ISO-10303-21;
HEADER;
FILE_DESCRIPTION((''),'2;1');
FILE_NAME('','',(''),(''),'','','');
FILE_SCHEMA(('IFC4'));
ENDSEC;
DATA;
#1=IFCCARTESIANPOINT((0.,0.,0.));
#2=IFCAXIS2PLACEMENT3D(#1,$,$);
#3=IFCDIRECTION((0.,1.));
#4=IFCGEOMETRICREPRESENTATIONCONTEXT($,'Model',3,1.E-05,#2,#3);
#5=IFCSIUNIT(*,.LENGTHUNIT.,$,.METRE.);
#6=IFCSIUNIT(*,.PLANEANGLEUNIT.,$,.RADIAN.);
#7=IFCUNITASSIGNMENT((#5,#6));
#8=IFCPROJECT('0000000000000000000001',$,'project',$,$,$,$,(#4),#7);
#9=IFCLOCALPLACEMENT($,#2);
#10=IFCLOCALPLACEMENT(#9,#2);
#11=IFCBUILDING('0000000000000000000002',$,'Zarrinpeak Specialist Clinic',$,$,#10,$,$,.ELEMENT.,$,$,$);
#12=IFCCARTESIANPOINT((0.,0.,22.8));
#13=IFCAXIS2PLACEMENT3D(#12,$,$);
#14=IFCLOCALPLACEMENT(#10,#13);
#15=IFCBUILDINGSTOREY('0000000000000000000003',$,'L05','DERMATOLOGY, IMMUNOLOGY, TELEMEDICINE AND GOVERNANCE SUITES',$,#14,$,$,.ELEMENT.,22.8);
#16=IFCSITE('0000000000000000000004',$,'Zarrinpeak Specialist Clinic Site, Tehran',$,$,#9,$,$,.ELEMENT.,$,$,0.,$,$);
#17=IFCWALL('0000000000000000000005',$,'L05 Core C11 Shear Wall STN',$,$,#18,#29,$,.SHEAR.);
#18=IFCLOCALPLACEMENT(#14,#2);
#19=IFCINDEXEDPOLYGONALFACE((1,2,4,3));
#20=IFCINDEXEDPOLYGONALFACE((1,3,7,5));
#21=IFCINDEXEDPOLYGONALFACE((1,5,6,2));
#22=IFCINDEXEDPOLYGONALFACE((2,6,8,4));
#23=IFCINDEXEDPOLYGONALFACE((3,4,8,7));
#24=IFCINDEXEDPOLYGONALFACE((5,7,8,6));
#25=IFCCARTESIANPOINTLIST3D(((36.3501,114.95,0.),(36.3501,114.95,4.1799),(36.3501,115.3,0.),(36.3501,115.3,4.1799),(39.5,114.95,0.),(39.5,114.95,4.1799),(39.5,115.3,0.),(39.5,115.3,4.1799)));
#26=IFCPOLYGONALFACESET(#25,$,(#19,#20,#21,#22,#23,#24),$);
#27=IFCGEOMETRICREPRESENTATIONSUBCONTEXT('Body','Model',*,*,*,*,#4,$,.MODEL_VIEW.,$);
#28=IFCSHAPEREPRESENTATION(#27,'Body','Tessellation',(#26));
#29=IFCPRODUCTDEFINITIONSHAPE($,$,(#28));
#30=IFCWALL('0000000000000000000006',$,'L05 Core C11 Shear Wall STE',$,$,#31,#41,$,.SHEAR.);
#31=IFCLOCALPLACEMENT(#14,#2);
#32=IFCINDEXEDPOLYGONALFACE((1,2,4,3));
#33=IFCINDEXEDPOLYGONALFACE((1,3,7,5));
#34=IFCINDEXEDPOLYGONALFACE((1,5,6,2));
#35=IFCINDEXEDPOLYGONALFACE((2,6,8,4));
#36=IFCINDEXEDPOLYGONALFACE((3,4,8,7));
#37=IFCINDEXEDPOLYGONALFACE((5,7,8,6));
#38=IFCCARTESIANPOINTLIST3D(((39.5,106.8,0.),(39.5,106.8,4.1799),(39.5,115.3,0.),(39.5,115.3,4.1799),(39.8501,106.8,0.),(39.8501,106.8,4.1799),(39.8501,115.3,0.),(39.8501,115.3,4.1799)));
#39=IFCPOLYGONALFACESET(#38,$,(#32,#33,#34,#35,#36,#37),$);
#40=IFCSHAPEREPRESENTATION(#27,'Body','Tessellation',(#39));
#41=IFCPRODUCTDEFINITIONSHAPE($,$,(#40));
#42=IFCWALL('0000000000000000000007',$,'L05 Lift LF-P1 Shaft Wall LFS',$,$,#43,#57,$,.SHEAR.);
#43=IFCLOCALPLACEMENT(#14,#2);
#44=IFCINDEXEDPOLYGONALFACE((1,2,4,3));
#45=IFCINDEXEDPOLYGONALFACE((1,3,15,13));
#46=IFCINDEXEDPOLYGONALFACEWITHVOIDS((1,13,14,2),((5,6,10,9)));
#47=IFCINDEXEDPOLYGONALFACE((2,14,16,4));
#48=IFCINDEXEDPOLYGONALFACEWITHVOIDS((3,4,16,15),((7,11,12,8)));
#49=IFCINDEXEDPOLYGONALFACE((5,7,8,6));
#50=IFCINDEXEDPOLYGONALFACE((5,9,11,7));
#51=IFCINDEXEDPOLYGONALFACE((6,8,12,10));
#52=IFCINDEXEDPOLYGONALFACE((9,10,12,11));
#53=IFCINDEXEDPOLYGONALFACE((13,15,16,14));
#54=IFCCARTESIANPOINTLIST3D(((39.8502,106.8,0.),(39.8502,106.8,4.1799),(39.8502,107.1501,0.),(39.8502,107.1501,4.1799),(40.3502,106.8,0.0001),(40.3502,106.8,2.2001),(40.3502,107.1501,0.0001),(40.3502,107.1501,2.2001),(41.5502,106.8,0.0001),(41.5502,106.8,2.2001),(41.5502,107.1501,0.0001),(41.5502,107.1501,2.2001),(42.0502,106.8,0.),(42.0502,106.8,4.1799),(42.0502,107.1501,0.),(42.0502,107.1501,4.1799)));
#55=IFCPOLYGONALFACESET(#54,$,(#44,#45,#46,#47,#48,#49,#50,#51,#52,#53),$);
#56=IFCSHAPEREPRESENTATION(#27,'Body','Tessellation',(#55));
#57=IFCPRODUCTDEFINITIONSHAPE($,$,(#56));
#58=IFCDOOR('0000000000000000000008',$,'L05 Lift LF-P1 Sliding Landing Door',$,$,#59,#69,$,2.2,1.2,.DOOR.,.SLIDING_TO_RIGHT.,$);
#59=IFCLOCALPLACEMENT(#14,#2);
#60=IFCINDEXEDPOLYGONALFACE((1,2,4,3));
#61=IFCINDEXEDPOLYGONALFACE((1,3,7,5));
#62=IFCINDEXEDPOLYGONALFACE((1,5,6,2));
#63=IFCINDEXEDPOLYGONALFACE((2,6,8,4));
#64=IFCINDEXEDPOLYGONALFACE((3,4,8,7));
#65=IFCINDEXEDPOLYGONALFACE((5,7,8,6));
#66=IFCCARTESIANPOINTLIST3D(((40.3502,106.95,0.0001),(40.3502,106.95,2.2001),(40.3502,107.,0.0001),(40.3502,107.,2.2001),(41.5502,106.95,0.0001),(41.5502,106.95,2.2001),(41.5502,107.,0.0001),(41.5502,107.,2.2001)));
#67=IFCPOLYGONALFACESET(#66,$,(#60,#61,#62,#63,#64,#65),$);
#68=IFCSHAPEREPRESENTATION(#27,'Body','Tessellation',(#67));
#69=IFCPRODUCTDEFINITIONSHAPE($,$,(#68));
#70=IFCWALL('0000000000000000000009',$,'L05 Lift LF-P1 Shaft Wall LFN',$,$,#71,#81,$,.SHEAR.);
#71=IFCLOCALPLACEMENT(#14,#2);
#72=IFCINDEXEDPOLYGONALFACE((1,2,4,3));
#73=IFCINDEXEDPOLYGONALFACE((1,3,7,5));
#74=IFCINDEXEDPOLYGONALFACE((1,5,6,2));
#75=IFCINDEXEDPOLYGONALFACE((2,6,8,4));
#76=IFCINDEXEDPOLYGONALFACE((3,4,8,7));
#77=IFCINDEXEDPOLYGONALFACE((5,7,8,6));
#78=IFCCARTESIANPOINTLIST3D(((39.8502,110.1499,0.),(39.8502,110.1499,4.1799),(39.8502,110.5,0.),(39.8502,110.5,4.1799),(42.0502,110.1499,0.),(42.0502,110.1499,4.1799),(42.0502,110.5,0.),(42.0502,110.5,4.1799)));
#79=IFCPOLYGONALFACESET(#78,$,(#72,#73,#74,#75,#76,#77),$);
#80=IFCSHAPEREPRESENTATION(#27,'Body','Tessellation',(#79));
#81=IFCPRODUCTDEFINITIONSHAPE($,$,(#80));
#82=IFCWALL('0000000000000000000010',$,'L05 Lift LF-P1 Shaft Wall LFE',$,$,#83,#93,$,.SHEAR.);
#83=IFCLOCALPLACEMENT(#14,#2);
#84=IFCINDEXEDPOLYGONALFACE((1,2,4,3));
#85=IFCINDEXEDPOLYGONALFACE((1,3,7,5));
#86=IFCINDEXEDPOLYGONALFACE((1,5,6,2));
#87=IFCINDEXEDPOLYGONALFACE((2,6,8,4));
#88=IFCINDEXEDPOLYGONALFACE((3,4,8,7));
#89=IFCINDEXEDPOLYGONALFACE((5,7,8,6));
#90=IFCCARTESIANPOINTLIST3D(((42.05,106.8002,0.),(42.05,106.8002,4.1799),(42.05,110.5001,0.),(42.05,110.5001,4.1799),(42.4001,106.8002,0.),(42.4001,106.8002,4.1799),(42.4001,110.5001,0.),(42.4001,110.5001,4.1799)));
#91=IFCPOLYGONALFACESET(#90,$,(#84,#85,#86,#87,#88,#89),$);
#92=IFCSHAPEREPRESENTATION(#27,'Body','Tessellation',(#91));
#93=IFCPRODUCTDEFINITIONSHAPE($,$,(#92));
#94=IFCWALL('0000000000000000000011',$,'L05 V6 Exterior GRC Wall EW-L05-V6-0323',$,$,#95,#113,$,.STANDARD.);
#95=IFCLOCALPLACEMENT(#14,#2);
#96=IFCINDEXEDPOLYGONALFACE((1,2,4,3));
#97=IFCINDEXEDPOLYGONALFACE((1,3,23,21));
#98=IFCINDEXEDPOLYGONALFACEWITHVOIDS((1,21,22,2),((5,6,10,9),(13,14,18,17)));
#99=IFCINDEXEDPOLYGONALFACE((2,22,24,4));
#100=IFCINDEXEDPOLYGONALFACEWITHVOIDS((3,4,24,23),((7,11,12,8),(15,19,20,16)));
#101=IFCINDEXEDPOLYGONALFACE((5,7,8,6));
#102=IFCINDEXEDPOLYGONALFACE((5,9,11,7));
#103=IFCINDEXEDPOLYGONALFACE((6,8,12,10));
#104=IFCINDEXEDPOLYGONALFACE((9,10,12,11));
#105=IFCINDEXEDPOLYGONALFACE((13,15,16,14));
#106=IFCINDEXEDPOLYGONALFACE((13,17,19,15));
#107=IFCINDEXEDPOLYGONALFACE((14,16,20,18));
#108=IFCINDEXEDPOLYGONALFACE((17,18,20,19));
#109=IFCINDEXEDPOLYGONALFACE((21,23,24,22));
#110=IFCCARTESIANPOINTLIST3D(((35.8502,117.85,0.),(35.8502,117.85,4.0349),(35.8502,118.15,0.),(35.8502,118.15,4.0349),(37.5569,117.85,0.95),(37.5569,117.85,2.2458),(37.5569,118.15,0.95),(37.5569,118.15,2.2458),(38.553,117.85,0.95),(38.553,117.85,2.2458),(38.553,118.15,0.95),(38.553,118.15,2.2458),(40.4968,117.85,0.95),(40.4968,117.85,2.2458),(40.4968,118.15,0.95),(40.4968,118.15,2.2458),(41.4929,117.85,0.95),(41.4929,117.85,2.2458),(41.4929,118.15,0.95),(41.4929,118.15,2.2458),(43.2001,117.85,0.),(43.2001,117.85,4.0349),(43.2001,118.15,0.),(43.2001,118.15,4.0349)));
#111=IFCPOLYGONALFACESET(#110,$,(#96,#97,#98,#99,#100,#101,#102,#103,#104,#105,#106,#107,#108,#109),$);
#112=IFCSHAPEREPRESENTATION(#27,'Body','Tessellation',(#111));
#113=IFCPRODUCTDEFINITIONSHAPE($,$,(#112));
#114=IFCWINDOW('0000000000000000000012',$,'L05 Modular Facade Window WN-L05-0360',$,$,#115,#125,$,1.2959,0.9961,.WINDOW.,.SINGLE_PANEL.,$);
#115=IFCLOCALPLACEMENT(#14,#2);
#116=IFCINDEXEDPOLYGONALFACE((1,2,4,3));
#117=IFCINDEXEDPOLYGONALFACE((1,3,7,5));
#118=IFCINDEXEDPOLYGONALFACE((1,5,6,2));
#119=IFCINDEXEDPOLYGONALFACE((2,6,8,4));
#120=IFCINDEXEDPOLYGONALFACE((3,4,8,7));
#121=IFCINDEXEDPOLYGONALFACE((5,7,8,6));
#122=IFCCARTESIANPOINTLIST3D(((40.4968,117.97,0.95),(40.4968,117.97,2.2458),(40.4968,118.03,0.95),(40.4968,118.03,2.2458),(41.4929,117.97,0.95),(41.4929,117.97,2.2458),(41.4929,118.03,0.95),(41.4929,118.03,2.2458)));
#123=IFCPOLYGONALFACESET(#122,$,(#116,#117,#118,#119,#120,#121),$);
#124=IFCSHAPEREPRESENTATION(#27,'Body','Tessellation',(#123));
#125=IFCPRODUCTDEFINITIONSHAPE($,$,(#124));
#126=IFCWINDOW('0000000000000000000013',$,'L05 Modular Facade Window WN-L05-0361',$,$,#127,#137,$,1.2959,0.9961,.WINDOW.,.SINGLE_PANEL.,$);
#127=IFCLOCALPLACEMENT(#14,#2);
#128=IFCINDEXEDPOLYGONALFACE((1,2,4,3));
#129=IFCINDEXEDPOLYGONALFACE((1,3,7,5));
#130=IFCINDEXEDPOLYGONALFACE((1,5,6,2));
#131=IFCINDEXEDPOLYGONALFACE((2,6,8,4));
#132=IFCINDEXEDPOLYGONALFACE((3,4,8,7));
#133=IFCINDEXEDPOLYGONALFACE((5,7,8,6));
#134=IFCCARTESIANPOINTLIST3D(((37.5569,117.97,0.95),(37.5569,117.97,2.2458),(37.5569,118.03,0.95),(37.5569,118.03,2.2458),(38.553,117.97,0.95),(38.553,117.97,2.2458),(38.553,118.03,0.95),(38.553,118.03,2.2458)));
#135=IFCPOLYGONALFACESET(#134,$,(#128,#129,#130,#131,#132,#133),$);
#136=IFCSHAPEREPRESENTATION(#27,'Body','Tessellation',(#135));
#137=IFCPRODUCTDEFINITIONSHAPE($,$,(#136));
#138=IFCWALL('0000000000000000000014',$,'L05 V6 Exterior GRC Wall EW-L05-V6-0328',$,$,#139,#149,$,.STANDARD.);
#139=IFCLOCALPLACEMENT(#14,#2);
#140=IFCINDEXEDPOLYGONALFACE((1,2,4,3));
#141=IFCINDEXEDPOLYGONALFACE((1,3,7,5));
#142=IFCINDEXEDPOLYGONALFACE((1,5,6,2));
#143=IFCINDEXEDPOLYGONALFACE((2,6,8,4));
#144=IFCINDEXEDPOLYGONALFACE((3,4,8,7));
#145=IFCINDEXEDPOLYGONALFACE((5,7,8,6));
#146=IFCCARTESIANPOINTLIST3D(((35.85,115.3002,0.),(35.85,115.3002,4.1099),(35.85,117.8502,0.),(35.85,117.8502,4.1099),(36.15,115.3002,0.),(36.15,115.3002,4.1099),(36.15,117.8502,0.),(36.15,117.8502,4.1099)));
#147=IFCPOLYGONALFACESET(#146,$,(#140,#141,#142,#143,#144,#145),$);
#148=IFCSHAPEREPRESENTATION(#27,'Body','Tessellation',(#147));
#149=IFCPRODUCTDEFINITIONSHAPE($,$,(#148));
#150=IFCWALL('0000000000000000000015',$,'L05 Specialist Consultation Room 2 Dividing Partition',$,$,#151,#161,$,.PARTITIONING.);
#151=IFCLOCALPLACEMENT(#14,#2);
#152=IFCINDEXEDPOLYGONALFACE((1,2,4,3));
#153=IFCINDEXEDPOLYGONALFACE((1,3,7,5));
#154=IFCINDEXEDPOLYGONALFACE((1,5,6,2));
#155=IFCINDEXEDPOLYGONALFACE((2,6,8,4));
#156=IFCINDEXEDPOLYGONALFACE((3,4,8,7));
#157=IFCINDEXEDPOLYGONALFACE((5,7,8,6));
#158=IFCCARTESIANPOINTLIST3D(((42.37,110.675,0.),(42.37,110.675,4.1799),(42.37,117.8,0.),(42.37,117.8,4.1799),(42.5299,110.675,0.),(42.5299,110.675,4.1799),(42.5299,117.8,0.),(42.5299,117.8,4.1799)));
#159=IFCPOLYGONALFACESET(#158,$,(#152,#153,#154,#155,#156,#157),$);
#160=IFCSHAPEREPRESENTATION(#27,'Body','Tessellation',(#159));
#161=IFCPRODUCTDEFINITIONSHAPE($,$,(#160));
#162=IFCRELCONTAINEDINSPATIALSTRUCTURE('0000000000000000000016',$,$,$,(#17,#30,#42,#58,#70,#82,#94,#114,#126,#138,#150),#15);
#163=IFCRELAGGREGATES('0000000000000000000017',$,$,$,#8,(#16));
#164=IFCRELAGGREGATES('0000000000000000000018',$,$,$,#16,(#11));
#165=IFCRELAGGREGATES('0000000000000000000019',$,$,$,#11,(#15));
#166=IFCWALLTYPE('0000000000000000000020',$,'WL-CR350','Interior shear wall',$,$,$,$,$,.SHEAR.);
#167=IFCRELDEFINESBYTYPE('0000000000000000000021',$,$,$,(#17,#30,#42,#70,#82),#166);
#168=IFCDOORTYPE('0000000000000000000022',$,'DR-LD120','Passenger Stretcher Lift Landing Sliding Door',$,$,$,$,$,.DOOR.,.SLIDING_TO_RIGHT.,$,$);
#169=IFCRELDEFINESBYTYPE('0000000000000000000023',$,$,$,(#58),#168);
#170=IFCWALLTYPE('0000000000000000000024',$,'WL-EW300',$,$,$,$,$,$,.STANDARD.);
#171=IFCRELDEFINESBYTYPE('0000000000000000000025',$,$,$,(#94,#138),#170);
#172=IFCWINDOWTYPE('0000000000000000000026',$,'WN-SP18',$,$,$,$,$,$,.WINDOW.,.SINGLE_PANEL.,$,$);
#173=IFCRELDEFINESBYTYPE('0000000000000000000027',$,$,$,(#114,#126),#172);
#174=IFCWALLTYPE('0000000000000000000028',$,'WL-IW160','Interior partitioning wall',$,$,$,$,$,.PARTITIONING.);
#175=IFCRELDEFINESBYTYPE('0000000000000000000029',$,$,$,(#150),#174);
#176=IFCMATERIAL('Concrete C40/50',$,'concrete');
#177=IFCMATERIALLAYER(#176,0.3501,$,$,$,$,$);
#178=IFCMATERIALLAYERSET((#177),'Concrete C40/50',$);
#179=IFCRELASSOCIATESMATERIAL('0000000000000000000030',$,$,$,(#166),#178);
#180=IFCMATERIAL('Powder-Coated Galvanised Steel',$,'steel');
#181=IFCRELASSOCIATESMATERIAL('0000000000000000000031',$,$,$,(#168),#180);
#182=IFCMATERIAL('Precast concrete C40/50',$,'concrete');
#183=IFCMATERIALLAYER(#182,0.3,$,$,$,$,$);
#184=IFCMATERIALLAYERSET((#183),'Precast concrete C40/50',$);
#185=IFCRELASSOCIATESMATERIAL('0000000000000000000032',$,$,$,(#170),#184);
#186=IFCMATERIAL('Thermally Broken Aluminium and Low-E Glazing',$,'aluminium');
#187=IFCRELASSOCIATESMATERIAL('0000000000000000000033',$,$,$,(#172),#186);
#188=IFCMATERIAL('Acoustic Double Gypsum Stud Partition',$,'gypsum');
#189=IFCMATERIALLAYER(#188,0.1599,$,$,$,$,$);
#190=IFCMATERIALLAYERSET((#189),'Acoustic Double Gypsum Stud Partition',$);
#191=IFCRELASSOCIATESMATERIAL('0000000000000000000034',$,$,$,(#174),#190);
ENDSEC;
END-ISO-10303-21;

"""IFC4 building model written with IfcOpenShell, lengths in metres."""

from ifc_helpers import new_model, si_unit, direction, frame, frame_2d, origin, place, context, subcontext, project, spatial, rectangle, extrude, material, layer, layer_set, type_object, element, fill, save


model = new_model("IFC4")

# Units and contexts
model_context = context("Model", 3, precision=1e-05, world=origin(), true_north=direction((0.0, 1.0)))
body_context = subcontext(model_context, "Body", "Model", "MODEL_VIEW")
ifc_project = project(units=[si_unit("LENGTHUNIT", "METRE"), si_unit("PLANEANGLEUNIT", "RADIAN")], contexts=[model_context])

# Site, building, storey
site_placement = place(None, origin())
site = spatial("IfcSite", under=ifc_project, at=site_placement, Name="Zarrinpeak Specialist Clinic Site, Tehran", CompositionType="ELEMENT", RefElevation=0.0)
building_placement = place(site_placement, origin())
building = spatial("IfcBuilding", under=site, at=building_placement, Name="Zarrinpeak Specialist Clinic", CompositionType="ELEMENT")
storey_placement = place(building_placement, frame((0.0, 0.0, 22.8)))
storey = spatial("IfcBuildingStorey", under=building, at=storey_placement, Name="L05", Description="DERMATOLOGY, IMMUNOLOGY, TELEMEDICINE AND GOVERNANCE SUITES", CompositionType="ELEMENT", Elevation=22.8)

# Shared definitions
ifc_material_1 = material(Name="Concrete C40/50", Category="concrete")
ifc_layer_1 = layer(ifc_material_1, 0.3501)
ifc_layer_set_1 = layer_set([ifc_layer_1], Name="Concrete C40/50")
wall_type_1 = type_object("IfcWallType", Name="WL-CR350", Description="Interior shear wall", PredefinedType="SHEAR", material=ifc_layer_set_1)
ifc_material_2 = material(Name="Powder-Coated Galvanised Steel", Category="steel")

# Walls
wall_1_placement = place(storey_placement, frame((36.3501, 115.125, 0.0), z_axis=(0.0, 0.0, 1.0), x_axis=(1.0, 0.0, 0.0)))
element("IfcWall", 1, at=wall_1_placement, inside=storey, type_object=wall_type_1, Name="L05 Core C11 Shear Wall STN", PredefinedType="SHEAR", context=body_context, shape_type="SweptSolid", body=[
    extrude(rectangle(XDim=3.1499, YDim=0.3501, at=frame_2d((1.575, 0.0))), origin(), (0.0, 0.0, 1.0), 4.1799),
])
wall_2_placement = place(storey_placement, frame((39.675, 106.8, 0.0), z_axis=(0.0, 0.0, 1.0), x_axis=(0.0, 1.0, 0.0)))
element("IfcWall", 2, at=wall_2_placement, inside=storey, type_object=wall_type_1, Name="L05 Core C11 Shear Wall STE", PredefinedType="SHEAR", context=body_context, shape_type="SweptSolid", body=[
    extrude(rectangle(XDim=8.5, YDim=0.3501, at=frame_2d((4.25, 0.0))), origin(), (0.0, 0.0, 1.0), 4.1799),
])

# Wall, opening, door
wall_3_placement = place(storey_placement, frame((39.8501, 106.9751, 0.0), z_axis=(0.0, 0.0, 1.0), x_axis=(1.0, 0.0, 0.0)))
wall_3 = element("IfcWall", 3, at=wall_3_placement, inside=storey, type_object=wall_type_1, Name="L05 Lift LF-P1 Shaft Wall LFS", PredefinedType="SHEAR", context=body_context, shape_type="SweptSolid", body=[
    extrude(rectangle(XDim=2.2, YDim=0.3501, at=frame_2d((1.1001, 0.0))), origin(), (0.0, 0.0, 1.0), 4.1799),
])
opening_1_placement = place(wall_3_placement, frame((0.5, 0.0, 0.0)))
opening_1 = element("IfcOpeningElement", 4, at=opening_1_placement, cuts=wall_3, PredefinedType="OPENING", context=body_context, shape_type="SweptSolid", body=[
    extrude(rectangle(XDim=1.2, YDim=2.2, at=frame_2d((0.6001, 1.1001))), frame((0.0, 0.1851, 0.0), z_axis=(0.0, -1.0, 0.0), x_axis=(1.0, 0.0, 0.0)), (0.0, 0.0, 1.0), 0.3701),
])
door_type_1 = type_object("IfcDoorType", Name="DR-LD120", Description="Passenger Stretcher Lift Landing Sliding Door", OperationType="SLIDING_TO_RIGHT", PredefinedType="DOOR", material=ifc_material_2)
door_1_placement = place(opening_1_placement, origin())
door_1 = element("IfcDoor", 5, at=door_1_placement, inside=storey, type_object=door_type_1, Name="L05 Lift LF-P1 Sliding Landing Door", OperationType="SLIDING_TO_RIGHT", OverallHeight=2.2, OverallWidth=1.2, PredefinedType="DOOR", context=body_context, shape_type="SweptSolid", body=[
    extrude(rectangle(XDim=1.2, YDim=2.2, at=frame_2d((0.6001, 1.1001))), frame((0.0, 0.0249, 0.0), z_axis=(0.0, -1.0, 0.0), x_axis=(1.0, 0.0, 0.0)), (0.0, 0.0, 1.0), 0.05),
])
fill(opening_1, door_1)

# Walls
wall_4_placement = place(storey_placement, frame((39.8501, 110.325, 0.0), z_axis=(0.0, 0.0, 1.0), x_axis=(1.0, 0.0, 0.0)))
element("IfcWall", 6, at=wall_4_placement, inside=storey, type_object=wall_type_1, Name="L05 Lift LF-P1 Shaft Wall LFN", PredefinedType="SHEAR", context=body_context, shape_type="SweptSolid", body=[
    extrude(rectangle(XDim=2.2, YDim=0.3501, at=frame_2d((1.1001, 0.0))), origin(), (0.0, 0.0, 1.0), 4.1799),
])
wall_5_placement = place(storey_placement, frame((42.2251, 106.8, 0.0), z_axis=(0.0, 0.0, 1.0), x_axis=(0.0, 1.0, 0.0)))
element("IfcWall", 7, at=wall_5_placement, inside=storey, type_object=wall_type_1, Name="L05 Lift LF-P1 Shaft Wall LFE", PredefinedType="SHEAR", context=body_context, shape_type="SweptSolid", body=[
    extrude(rectangle(XDim=3.7, YDim=0.3501, at=frame_2d((1.8501, 0.0))), origin(), (0.0, 0.0, 1.0), 4.1799),
])

# Wall, openings, windows
ifc_material_3 = material(Name="Precast concrete C40/50", Category="concrete")
ifc_layer_2 = layer(ifc_material_3, 0.3)
ifc_layer_set_2 = layer_set([ifc_layer_2], Name="Precast concrete C40/50")
wall_type_2 = type_object("IfcWallType", Name="WL-EW300", PredefinedType="STANDARD", material=ifc_layer_set_2)
wall_6_placement = place(storey_placement, frame((43.2, 118.0, 0.0), z_axis=(0.0, 0.0, 1.0), x_axis=(-1.0, 0.0, 0.0)))
wall_6 = element("IfcWall", 8, at=wall_6_placement, inside=storey, type_object=wall_type_2, Name="L05 V6 Exterior GRC Wall EW-L05-V6-0323", PredefinedType="STANDARD", context=body_context, shape_type="SweptSolid", body=[
    extrude(rectangle(XDim=7.3499, YDim=0.3, at=frame_2d((3.6748, 0.0))), origin(), (0.0, 0.0, 1.0), 4.0349),
])
opening_2_placement = place(wall_6_placement, frame((1.707, 0.0, 0.95)))
opening_2 = element("IfcOpeningElement", 9, at=opening_2_placement, cuts=wall_6, PredefinedType="OPENING", context=body_context, shape_type="SweptSolid", body=[
    extrude(rectangle(XDim=0.9961, YDim=1.2959, at=frame_2d((0.498, 0.6479))), frame((0.0, 0.1602, 0.0), z_axis=(0.0, -1.0, 0.0), x_axis=(1.0, 0.0, 0.0)), (0.0, 0.0, 1.0), 0.3201),
])
opening_3_placement = place(wall_6_placement, frame((4.647, 0.0, 0.95)))
opening_3 = element("IfcOpeningElement", 10, at=opening_3_placement, cuts=wall_6, PredefinedType="OPENING", context=body_context, shape_type="SweptSolid", body=[
    extrude(rectangle(XDim=0.9961, YDim=1.2959, at=frame_2d((0.498, 0.6479))), frame((0.0, 0.1602, 0.0), z_axis=(0.0, -1.0, 0.0), x_axis=(1.0, 0.0, 0.0)), (0.0, 0.0, 1.0), 0.3201),
])
ifc_material_4 = material(Name="Thermally Broken Aluminium and Low-E Glazing", Category="aluminium")
window_type = type_object("IfcWindowType", Name="WN-SP18", PartitioningType="SINGLE_PANEL", PredefinedType="WINDOW", material=ifc_material_4)
window_1_placement = place(opening_2_placement, origin())
window_1 = element("IfcWindow", 11, at=window_1_placement, inside=storey, type_object=window_type, Name="L05 Modular Facade Window WN-L05-0360", OverallHeight=1.2959, OverallWidth=0.9961, PartitioningType="SINGLE_PANEL", PredefinedType="WINDOW", context=body_context, shape_type="SweptSolid", body=[
    extrude(rectangle(XDim=0.9961, YDim=1.2959, at=frame_2d((0.498, 0.6479))), frame((0.0, 0.03, 0.0), z_axis=(0.0, -1.0, 0.0), x_axis=(1.0, 0.0, 0.0)), (0.0, 0.0, 1.0), 0.0601),
])
fill(opening_2, window_1)
window_2_placement = place(opening_3_placement, origin())
window_2 = element("IfcWindow", 12, at=window_2_placement, inside=storey, type_object=window_type, Name="L05 Modular Facade Window WN-L05-0361", OverallHeight=1.2959, OverallWidth=0.9961, PartitioningType="SINGLE_PANEL", PredefinedType="WINDOW", context=body_context, shape_type="SweptSolid", body=[
    extrude(rectangle(XDim=0.9961, YDim=1.2959, at=frame_2d((0.498, 0.6479))), frame((0.0, 0.03, 0.0), z_axis=(0.0, -1.0, 0.0), x_axis=(1.0, 0.0, 0.0)), (0.0, 0.0, 1.0), 0.0601),
])
fill(opening_3, window_2)

# Walls
wall_7_placement = place(storey_placement, frame((36.0, 117.8501, 0.0), z_axis=(0.0, 0.0, 1.0), x_axis=(0.0, -1.0, 0.0)))
element("IfcWall", 13, at=wall_7_placement, inside=storey, type_object=wall_type_2, Name="L05 V6 Exterior GRC Wall EW-L05-V6-0328", PredefinedType="STANDARD", context=body_context, shape_type="SweptSolid", body=[
    extrude(rectangle(XDim=2.55, YDim=0.3, at=frame_2d((1.2749, 0.0))), origin(), (0.0, 0.0, 1.0), 4.1099),
])
ifc_material_5 = material(Name="Acoustic Double Gypsum Stud Partition", Category="gypsum")
ifc_layer_3 = layer(ifc_material_5, 0.1599)
ifc_layer_set_3 = layer_set([ifc_layer_3], Name="Acoustic Double Gypsum Stud Partition")
wall_type_3 = type_object("IfcWallType", Name="WL-IW160", Description="Interior partitioning wall", PredefinedType="PARTITIONING", material=ifc_layer_set_3)
wall_8_placement = place(storey_placement, frame((42.45, 110.675, 0.0), z_axis=(0.0, 0.0, 1.0), x_axis=(0.0, 1.0, 0.0)))
element("IfcWall", 14, at=wall_8_placement, inside=storey, type_object=wall_type_3, Name="L05 Specialist Consultation Room 2 Dividing Partition", PredefinedType="PARTITIONING", context=body_context, shape_type="SweptSolid", body=[
    extrude(rectangle(XDim=7.125, YDim=0.1599, at=frame_2d((3.5625, 0.0))), origin(), (0.0, 0.0, 1.0), 4.1799),
])

save(model, "model.ifc")
